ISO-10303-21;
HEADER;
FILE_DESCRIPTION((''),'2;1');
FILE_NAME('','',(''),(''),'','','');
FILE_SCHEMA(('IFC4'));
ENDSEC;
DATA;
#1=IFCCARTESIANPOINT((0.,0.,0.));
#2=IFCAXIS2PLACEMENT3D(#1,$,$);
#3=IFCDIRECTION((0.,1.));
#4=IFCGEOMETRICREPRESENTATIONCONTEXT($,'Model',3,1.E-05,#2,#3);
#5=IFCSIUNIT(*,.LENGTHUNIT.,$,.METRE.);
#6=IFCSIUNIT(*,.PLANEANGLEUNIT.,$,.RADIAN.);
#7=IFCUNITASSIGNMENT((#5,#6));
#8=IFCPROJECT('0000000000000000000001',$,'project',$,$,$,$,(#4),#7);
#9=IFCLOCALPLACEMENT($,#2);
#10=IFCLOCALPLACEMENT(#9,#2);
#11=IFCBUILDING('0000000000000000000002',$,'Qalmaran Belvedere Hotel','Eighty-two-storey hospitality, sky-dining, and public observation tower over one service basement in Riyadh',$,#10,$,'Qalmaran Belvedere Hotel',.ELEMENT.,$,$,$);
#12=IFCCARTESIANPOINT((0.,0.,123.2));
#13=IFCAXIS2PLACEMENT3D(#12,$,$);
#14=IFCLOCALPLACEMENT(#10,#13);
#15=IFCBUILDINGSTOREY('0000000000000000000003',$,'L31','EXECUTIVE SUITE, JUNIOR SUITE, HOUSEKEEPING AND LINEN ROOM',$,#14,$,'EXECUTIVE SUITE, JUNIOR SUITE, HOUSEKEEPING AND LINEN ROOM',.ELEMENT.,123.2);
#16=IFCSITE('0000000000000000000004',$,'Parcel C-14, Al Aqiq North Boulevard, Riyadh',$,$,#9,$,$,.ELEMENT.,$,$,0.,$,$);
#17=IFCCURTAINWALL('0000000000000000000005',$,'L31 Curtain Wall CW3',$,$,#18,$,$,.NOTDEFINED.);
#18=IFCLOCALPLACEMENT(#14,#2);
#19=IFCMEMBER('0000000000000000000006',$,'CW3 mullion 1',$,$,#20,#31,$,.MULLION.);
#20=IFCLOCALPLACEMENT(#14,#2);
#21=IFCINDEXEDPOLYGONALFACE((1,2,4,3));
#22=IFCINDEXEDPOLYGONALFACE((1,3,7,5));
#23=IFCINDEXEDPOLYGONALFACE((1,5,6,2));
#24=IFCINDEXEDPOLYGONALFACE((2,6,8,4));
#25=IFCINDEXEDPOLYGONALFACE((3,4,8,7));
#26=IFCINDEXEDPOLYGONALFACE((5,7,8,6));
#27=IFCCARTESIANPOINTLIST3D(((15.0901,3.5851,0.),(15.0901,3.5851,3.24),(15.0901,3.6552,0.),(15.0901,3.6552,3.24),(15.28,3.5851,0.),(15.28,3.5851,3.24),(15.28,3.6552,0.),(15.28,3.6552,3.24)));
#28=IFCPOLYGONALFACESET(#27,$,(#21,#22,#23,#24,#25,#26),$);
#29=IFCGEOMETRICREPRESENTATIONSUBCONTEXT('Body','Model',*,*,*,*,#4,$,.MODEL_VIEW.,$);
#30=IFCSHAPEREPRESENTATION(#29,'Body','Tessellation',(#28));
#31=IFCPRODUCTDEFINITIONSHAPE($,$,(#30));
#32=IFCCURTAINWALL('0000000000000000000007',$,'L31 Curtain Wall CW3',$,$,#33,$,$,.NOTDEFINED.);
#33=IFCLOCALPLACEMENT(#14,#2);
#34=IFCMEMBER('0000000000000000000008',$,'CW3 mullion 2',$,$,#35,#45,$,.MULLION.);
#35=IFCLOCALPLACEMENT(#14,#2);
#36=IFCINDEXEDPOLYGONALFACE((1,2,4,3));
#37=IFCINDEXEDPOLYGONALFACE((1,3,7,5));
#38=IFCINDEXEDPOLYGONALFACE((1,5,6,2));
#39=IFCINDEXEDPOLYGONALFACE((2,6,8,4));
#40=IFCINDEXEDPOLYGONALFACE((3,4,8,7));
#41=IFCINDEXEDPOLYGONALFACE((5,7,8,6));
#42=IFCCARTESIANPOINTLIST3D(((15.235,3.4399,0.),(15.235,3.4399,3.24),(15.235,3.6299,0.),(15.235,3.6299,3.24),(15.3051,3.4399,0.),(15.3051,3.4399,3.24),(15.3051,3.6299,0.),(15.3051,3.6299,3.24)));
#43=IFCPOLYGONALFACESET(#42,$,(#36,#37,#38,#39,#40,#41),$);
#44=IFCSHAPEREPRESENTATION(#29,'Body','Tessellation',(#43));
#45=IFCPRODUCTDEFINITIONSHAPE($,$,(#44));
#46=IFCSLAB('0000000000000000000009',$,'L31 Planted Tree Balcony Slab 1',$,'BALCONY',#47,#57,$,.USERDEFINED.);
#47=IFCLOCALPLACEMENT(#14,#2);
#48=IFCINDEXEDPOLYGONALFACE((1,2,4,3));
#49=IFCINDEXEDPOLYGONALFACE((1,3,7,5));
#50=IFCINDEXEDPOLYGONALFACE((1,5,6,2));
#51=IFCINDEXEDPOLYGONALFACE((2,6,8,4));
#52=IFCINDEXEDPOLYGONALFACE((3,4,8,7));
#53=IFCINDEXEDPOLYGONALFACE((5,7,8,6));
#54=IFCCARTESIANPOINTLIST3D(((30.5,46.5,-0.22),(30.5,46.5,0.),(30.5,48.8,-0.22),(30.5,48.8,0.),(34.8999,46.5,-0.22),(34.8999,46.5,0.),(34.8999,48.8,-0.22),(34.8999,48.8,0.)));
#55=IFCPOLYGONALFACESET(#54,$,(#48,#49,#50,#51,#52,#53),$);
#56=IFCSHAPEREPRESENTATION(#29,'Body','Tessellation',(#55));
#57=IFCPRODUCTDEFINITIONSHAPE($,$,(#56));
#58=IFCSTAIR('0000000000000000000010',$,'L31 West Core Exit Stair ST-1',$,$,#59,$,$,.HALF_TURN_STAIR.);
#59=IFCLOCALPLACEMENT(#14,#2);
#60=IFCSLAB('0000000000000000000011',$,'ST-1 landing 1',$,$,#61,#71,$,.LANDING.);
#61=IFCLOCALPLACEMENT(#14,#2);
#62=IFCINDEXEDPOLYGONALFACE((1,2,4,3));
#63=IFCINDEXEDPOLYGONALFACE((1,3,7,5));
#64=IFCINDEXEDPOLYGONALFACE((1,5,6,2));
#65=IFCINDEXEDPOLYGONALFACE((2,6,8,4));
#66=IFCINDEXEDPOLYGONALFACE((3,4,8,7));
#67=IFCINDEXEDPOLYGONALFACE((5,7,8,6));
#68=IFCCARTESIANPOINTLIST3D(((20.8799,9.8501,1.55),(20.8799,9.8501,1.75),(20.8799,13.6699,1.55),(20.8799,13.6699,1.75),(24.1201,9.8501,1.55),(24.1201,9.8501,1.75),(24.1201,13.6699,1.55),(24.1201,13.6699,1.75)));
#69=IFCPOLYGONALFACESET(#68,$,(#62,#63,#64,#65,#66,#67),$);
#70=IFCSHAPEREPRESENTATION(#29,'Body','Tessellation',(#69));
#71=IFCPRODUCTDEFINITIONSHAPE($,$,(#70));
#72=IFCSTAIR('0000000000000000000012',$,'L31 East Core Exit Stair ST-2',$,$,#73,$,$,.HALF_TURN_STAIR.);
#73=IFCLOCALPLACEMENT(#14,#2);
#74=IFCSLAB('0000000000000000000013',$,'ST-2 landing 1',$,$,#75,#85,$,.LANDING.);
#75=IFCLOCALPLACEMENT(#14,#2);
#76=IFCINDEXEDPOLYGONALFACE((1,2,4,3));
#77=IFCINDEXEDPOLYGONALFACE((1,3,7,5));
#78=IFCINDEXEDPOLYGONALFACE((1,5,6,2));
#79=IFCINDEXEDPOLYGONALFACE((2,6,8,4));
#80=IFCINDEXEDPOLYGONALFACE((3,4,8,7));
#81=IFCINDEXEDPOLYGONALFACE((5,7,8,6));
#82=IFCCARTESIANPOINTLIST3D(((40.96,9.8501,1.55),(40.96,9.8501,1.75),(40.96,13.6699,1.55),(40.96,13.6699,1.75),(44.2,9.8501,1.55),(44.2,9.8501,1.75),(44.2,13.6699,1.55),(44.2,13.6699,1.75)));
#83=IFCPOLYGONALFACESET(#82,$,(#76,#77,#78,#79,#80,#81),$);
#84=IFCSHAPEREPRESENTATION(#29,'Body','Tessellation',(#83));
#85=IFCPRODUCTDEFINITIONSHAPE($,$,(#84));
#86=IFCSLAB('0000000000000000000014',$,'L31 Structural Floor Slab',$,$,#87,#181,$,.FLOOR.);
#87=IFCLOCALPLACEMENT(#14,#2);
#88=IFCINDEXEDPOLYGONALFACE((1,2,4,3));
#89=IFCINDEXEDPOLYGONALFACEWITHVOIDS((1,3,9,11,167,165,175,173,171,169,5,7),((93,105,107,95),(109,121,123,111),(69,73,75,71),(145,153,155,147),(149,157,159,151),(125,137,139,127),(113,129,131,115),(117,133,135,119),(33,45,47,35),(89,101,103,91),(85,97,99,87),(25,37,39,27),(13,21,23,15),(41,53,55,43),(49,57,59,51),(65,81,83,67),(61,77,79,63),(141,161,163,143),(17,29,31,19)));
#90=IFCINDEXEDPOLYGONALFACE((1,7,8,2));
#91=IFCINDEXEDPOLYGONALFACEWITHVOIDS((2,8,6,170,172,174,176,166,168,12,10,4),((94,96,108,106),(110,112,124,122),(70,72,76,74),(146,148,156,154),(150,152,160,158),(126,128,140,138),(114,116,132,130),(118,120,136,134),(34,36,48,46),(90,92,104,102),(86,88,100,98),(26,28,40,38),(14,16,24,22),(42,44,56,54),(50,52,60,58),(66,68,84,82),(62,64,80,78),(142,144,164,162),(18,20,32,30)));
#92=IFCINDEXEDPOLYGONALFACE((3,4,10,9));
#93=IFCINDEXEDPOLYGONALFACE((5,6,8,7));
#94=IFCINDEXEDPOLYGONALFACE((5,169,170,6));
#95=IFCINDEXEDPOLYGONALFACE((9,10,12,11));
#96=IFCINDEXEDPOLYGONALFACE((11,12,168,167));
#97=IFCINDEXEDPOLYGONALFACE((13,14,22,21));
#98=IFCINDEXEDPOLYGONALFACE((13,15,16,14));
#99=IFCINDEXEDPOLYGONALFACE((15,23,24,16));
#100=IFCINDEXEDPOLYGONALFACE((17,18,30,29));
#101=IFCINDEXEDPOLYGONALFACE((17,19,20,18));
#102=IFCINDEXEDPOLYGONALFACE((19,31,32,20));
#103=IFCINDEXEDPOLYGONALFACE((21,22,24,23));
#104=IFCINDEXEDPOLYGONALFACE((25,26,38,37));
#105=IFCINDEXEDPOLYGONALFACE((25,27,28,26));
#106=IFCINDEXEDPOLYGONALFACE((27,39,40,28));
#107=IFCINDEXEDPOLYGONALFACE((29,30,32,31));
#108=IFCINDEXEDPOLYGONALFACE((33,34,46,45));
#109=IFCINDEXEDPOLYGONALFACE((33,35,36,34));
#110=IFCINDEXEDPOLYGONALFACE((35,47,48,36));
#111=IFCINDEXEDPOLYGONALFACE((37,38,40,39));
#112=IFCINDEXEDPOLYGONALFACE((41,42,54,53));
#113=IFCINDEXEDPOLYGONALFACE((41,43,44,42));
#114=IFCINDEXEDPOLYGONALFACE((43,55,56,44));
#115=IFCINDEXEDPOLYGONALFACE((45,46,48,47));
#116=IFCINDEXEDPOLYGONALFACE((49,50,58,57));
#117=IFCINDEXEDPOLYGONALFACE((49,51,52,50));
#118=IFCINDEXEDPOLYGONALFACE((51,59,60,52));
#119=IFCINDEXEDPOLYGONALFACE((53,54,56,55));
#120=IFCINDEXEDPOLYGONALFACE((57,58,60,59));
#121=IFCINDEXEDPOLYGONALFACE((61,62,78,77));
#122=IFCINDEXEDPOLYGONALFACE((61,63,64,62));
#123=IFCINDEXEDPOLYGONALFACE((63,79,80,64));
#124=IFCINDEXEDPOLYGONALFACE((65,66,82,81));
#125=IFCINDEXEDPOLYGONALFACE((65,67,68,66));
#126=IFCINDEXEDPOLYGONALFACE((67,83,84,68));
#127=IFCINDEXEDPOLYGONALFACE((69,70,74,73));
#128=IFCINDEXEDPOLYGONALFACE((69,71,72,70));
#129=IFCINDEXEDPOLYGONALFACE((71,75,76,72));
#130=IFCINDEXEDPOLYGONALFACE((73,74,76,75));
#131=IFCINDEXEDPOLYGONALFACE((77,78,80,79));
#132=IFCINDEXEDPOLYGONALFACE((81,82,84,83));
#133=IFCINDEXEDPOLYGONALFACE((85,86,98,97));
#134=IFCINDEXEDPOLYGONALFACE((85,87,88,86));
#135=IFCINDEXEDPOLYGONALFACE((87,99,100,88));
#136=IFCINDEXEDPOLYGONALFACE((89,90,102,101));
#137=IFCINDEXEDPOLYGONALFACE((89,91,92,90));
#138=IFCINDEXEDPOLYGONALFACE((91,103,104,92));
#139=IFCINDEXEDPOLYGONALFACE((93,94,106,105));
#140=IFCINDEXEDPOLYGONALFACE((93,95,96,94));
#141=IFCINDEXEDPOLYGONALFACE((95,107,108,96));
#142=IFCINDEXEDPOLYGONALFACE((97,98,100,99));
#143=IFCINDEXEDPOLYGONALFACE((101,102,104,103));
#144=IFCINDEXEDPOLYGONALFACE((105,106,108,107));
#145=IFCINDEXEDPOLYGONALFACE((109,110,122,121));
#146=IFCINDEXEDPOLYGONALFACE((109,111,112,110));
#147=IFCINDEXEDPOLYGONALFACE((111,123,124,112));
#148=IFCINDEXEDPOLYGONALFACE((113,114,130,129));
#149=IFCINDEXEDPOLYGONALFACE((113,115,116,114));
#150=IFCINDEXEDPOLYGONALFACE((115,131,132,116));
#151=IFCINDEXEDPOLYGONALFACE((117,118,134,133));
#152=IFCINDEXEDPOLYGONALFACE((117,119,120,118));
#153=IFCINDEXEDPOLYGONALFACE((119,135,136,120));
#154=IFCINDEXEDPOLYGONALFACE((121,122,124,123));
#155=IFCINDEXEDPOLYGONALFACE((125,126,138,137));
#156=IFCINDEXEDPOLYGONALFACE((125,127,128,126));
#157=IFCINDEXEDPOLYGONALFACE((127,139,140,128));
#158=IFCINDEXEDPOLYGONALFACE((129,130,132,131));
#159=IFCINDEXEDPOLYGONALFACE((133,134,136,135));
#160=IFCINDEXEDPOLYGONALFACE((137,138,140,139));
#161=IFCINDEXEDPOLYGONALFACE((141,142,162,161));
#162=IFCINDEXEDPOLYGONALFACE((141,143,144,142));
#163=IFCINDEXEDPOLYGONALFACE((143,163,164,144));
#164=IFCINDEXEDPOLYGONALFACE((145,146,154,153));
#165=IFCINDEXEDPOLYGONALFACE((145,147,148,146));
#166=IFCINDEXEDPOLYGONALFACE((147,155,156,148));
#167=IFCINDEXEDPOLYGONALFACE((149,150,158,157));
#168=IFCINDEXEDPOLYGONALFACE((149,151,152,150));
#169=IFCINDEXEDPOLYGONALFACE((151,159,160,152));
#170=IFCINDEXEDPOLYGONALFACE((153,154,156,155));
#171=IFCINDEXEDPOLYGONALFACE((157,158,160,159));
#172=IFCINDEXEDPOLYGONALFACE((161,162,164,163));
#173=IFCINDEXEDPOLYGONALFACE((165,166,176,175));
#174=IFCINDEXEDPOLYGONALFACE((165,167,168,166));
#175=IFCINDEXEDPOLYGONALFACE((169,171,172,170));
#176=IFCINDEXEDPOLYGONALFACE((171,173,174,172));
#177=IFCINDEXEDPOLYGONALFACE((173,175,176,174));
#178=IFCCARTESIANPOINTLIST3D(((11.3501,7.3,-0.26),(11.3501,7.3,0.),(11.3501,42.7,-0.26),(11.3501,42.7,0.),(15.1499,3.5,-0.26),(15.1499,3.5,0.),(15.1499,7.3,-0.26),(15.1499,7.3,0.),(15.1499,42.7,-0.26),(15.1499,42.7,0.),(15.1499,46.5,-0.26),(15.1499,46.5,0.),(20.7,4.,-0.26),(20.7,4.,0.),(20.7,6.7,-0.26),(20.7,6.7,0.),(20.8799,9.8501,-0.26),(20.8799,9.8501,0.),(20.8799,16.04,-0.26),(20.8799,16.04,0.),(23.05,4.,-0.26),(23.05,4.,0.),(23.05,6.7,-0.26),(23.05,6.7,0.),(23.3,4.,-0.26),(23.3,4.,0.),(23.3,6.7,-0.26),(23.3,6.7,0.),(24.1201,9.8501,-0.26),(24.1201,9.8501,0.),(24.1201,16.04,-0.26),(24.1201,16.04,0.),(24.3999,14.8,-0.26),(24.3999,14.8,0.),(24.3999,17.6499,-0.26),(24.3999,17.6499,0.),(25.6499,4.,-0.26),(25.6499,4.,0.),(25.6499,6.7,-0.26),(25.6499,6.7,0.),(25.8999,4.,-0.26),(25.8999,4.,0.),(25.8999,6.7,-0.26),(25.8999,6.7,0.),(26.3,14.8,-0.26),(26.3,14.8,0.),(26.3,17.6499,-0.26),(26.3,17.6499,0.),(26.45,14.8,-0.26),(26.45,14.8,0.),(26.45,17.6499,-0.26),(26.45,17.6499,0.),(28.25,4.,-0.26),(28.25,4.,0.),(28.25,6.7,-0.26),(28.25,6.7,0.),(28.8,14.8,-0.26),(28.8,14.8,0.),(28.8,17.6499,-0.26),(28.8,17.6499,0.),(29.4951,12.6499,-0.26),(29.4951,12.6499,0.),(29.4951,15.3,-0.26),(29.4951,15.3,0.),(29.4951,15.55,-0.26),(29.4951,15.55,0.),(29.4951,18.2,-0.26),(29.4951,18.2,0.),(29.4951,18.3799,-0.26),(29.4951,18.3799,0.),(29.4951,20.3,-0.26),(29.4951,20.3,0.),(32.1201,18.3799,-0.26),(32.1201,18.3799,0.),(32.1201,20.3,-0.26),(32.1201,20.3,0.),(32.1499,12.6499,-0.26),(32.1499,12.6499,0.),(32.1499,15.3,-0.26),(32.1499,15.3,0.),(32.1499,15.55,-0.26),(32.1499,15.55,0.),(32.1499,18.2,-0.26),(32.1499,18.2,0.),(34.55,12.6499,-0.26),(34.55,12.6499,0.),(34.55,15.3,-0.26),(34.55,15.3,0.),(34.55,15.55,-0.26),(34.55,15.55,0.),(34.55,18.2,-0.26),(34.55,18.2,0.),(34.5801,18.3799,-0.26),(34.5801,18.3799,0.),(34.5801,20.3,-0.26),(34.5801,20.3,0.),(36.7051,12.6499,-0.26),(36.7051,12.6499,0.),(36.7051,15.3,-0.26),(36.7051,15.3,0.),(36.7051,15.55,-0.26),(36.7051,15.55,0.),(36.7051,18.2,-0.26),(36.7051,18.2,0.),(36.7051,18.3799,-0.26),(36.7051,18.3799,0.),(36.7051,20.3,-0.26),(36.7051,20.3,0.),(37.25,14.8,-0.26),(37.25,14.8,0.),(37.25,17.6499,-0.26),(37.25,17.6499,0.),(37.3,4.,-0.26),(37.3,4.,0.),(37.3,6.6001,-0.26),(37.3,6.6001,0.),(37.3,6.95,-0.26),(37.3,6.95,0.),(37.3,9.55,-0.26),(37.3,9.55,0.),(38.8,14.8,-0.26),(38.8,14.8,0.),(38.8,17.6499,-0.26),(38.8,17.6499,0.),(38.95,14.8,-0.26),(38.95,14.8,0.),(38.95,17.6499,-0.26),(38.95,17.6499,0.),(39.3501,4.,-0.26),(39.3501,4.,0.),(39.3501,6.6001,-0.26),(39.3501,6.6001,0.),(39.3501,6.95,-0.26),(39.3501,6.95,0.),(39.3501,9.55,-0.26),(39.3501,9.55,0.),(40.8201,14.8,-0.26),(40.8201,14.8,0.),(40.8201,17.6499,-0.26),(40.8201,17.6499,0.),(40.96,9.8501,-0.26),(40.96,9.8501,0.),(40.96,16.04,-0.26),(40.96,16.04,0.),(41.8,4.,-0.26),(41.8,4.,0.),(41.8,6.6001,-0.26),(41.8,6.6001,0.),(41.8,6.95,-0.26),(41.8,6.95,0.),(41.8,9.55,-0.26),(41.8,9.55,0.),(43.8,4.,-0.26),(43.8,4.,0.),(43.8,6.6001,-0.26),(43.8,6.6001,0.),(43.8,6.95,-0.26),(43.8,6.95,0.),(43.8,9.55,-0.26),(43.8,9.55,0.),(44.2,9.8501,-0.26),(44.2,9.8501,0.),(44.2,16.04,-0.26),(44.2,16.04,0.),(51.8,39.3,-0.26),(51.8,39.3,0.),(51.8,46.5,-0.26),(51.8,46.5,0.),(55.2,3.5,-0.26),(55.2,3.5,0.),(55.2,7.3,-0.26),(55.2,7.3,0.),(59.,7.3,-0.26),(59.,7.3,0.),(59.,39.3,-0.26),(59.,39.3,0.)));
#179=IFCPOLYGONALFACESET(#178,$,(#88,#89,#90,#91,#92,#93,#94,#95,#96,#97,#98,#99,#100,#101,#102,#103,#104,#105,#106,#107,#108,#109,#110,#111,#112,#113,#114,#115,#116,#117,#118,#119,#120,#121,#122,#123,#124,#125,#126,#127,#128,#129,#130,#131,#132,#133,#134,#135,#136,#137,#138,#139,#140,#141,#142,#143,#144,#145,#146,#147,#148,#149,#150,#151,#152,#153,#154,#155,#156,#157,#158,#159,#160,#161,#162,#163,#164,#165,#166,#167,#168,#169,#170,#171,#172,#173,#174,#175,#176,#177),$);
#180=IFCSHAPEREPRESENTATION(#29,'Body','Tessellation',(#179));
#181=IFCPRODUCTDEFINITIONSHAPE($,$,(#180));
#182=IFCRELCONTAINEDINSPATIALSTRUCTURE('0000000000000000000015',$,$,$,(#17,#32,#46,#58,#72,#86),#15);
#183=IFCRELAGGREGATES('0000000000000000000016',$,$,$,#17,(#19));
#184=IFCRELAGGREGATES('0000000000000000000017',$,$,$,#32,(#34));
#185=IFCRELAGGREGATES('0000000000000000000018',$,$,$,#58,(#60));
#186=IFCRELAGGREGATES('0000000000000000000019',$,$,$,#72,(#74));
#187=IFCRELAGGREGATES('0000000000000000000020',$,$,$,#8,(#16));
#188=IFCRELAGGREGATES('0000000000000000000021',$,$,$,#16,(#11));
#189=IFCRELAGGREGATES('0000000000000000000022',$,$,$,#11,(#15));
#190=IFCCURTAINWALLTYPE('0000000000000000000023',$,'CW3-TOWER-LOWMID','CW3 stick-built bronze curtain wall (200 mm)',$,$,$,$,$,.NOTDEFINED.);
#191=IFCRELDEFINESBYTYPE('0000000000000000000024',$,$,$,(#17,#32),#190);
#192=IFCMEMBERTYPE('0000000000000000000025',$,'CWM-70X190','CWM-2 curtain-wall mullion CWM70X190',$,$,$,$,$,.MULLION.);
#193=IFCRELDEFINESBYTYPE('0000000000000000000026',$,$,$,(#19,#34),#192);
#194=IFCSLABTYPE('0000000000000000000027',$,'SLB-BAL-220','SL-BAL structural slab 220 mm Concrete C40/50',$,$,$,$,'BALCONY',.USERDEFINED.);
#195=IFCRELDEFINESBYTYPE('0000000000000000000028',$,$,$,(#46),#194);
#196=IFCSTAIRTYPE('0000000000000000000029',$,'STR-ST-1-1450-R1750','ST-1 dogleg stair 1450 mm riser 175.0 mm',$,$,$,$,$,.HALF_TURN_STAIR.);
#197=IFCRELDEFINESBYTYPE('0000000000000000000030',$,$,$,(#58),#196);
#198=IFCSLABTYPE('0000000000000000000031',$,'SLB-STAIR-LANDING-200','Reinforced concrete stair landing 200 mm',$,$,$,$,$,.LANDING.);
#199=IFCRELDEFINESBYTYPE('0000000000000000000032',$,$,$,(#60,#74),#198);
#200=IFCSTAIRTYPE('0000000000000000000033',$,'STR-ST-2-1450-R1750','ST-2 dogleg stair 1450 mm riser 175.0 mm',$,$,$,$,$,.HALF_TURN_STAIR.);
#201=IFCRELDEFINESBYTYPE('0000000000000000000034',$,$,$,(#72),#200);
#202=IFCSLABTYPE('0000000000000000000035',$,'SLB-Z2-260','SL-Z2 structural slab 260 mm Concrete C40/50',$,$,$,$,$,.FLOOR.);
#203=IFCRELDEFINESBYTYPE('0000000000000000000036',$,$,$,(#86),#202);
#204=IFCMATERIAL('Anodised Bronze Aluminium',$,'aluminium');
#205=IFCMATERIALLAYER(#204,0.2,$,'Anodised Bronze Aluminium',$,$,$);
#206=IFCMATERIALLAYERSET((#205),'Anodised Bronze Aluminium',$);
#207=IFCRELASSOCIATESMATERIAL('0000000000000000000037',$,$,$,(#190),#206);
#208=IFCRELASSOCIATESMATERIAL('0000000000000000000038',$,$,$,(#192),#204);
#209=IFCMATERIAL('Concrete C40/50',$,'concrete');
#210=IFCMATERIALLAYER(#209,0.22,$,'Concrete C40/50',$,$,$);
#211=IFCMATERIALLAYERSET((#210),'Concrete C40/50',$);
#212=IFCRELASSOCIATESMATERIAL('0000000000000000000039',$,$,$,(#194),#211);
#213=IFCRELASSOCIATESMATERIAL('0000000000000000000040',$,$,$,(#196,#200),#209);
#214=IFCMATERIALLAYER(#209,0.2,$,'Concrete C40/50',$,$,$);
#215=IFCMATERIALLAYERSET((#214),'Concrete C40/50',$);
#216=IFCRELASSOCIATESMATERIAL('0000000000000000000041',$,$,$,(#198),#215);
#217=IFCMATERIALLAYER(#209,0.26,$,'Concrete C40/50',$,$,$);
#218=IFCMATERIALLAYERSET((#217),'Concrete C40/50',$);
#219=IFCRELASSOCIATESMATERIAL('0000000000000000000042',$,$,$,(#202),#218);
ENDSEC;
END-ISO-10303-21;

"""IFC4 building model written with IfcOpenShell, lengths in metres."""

from ifc_helpers import new_model, si_unit, direction, frame, origin, origin_2d, place, context, subcontext, project, spatial, polyline, rectangle, outline, extrude, material, layer, layer_set, material_profile, profile_set, type_object, element, aggregate, save


model = new_model("IFC4")

# Units and contexts
model_context = context("Model", 3, precision=1e-05, world=origin(), true_north=direction((0.0, 1.0)))
body_context = subcontext(model_context, "Body", "Model", "MODEL_VIEW")
ifc_project = project(units=[si_unit("LENGTHUNIT", "METRE"), si_unit("PLANEANGLEUNIT", "RADIAN")], contexts=[model_context])

# Site, building, storey
site_placement = place(None, origin())
site = spatial("IfcSite", under=ifc_project, at=site_placement, Name="Parcel C-14, Al Aqiq North Boulevard, Riyadh", CompositionType="ELEMENT", RefElevation=0.0)
building_placement = place(site_placement, origin())
building = spatial("IfcBuilding", under=site, at=building_placement, Name="Qalmaran Belvedere Hotel", Description="Eighty-two-storey hospitality, sky-dining, and public observation tower over one service basement in Riyadh", LongName="Qalmaran Belvedere Hotel", CompositionType="ELEMENT")
storey_placement = place(building_placement, frame((0.0, 0.0, 123.2)))
storey = spatial("IfcBuildingStorey", under=building, at=storey_placement, Name="L31", Description="EXECUTIVE SUITE, JUNIOR SUITE, HOUSEKEEPING AND LINEN ROOM", LongName="EXECUTIVE SUITE, JUNIOR SUITE, HOUSEKEEPING AND LINEN ROOM", CompositionType="ELEMENT", Elevation=123.2)

# Curtain walls, members
ifc_material_1 = material(Name="Anodised Bronze Aluminium", Category="aluminium")
ifc_layer_1 = layer(ifc_material_1, 0.2, Name="Anodised Bronze Aluminium")
ifc_layer_set_1 = layer_set([ifc_layer_1], Name="Anodised Bronze Aluminium")
curtain_wall_type = type_object("IfcCurtainWallType", Name="CW3-TOWER-LOWMID", Description="CW3 stick-built bronze curtain wall (200 mm)", PredefinedType="NOTDEFINED", material=ifc_layer_set_1)
curtain_wall_1_placement = place(storey_placement, origin())
curtain_wall_1 = element("IfcCurtainWall", 1, at=curtain_wall_1_placement, inside=storey, type_object=curtain_wall_type, Name="L31 Curtain Wall CW3", PredefinedType="NOTDEFINED")
ifc_material_profile = material_profile(ifc_material_1, rectangle(XDim=0.0701, YDim=0.1899, at=origin_2d()), Name="CWM70X190")
ifc_profile_set = profile_set([ifc_material_profile], Name="Anodised Bronze Aluminium")
member_type = type_object("IfcMemberType", Name="CWM-70X190", Description="CWM-2 curtain-wall mullion CWM70X190", PredefinedType="MULLION", material=ifc_profile_set)
member_1_placement = place(storey_placement, frame((15.1851, 3.6201, 0.0), z_axis=(0.0, 0.0, 1.0), x_axis=(0.0, 1.0, 0.0)))
member_1 = element("IfcMember", 2, at=member_1_placement, type_object=member_type, Name="CW3 mullion 1", PredefinedType="MULLION", context=body_context, shape_type="SweptSolid", body=[
    extrude(rectangle(XDim=0.0701, YDim=0.1899, at=origin_2d()), origin(), (0.0, 0.0, 1.0), 3.24),
])
aggregate(curtain_wall_1, [member_1])
curtain_wall_2_placement = place(storey_placement, origin())
curtain_wall_2 = element("IfcCurtainWall", 3, at=curtain_wall_2_placement, inside=storey, type_object=curtain_wall_type, Name="L31 Curtain Wall CW3", PredefinedType="NOTDEFINED")
member_2_placement = place(storey_placement, frame((15.27, 3.5349, 0.0), z_axis=(0.0, 0.0, 1.0), x_axis=(1.0, 0.0, 0.0)))
member_2 = element("IfcMember", 4, at=member_2_placement, type_object=member_type, Name="CW3 mullion 2", PredefinedType="MULLION", context=body_context, shape_type="SweptSolid", body=[
    extrude(rectangle(XDim=0.0701, YDim=0.1899, at=origin_2d()), origin(), (0.0, 0.0, 1.0), 3.24),
])
aggregate(curtain_wall_2, [member_2])

# Slab
ifc_material_2 = material(Name="Concrete C40/50", Category="concrete")
ifc_layer_2 = layer(ifc_material_2, 0.22, Name="Concrete C40/50")
ifc_layer_set_2 = layer_set([ifc_layer_2], Name="Concrete C40/50")
slab_type_1 = type_object("IfcSlabType", Name="SLB-BAL-220", Description="SL-BAL structural slab 220 mm Concrete C40/50", ElementType="BALCONY", PredefinedType="USERDEFINED", material=ifc_layer_set_2)
slab_1_placement = place(storey_placement, frame((0.0, 0.0, -0.22)))
element("IfcSlab", 5, at=slab_1_placement, inside=storey, type_object=slab_type_1, Name="L31 Planted Tree Balcony Slab 1", ObjectType="BALCONY", PredefinedType="USERDEFINED", context=body_context, shape_type="SweptSolid", body=[
    extrude(outline(polyline([(30.5, 46.5), (34.8999, 46.5), (34.8999, 48.8), (30.5, 48.8), (30.5, 46.5)])), origin(), (0.0, 0.0, 1.0), 0.22),
])

# Stairs, slabs
stair_type_1 = type_object("IfcStairType", Name="STR-ST-1-1450-R1750", Description="ST-1 dogleg stair 1450 mm riser 175.0 mm", PredefinedType="HALF_TURN_STAIR", material=ifc_material_2)
stair_1_placement = place(storey_placement, origin())
stair_1 = element("IfcStair", 6, at=stair_1_placement, inside=storey, type_object=stair_type_1, Name="L31 West Core Exit Stair ST-1", PredefinedType="HALF_TURN_STAIR")
ifc_layer_3 = layer(ifc_material_2, 0.2, Name="Concrete C40/50")
ifc_layer_set_3 = layer_set([ifc_layer_3], Name="Concrete C40/50")
slab_type_2 = type_object("IfcSlabType", Name="SLB-STAIR-LANDING-200", Description="Reinforced concrete stair landing 200 mm", PredefinedType="LANDING", material=ifc_layer_set_3)
slab_2_placement = place(storey_placement, frame((0.0, 0.0, 1.55)))
slab_2 = element("IfcSlab", 7, at=slab_2_placement, type_object=slab_type_2, Name="ST-1 landing 1", PredefinedType="LANDING", context=body_context, shape_type="SweptSolid", body=[
    extrude(outline(polyline([(20.8799, 13.6699), (20.8799, 9.8501), (24.1201, 9.8501), (24.1201, 13.6699), (20.8799, 13.6699)])), origin(), (0.0, 0.0, 1.0), 0.2),
])
aggregate(stair_1, [slab_2])
stair_type_2 = type_object("IfcStairType", Name="STR-ST-2-1450-R1750", Description="ST-2 dogleg stair 1450 mm riser 175.0 mm", PredefinedType="HALF_TURN_STAIR", material=ifc_material_2)
stair_2_placement = place(storey_placement, origin())
stair_2 = element("IfcStair", 8, at=stair_2_placement, inside=storey, type_object=stair_type_2, Name="L31 East Core Exit Stair ST-2", PredefinedType="HALF_TURN_STAIR")
slab_3_placement = place(storey_placement, frame((0.0, 0.0, 1.55)))
slab_3 = element("IfcSlab", 9, at=slab_3_placement, type_object=slab_type_2, Name="ST-2 landing 1", PredefinedType="LANDING", context=body_context, shape_type="SweptSolid", body=[
    extrude(outline(polyline([(40.96, 13.6699), (40.96, 9.8501), (44.2, 9.8501), (44.2, 13.6699), (40.96, 13.6699)])), origin(), (0.0, 0.0, 1.0), 0.2),
])
aggregate(stair_2, [slab_3])

# Slab
ifc_layer_4 = layer(ifc_material_2, 0.26, Name="Concrete C40/50")
ifc_layer_set_4 = layer_set([ifc_layer_4], Name="Concrete C40/50")
slab_type_3 = type_object("IfcSlabType", Name="SLB-Z2-260", Description="SL-Z2 structural slab 260 mm Concrete C40/50", PredefinedType="FLOOR", material=ifc_layer_set_4)
slab_4_placement = place(storey_placement, frame((0.0, 0.0, -0.26)))
element("IfcSlab", 10, at=slab_4_placement, inside=storey, type_object=slab_type_3, Name="L31 Structural Floor Slab", PredefinedType="FLOOR", context=body_context, shape_type="SweptSolid", body=[
    extrude(outline(polyline([(15.1499, 3.5), (55.2, 3.5), (55.2, 7.3), (59.0, 7.3), (59.0, 39.3), (51.8, 39.3), (51.8, 46.5), (15.1499, 46.5), (15.1499, 42.7), (11.3501, 42.7), (11.3501, 7.3), (15.1499, 7.3), (15.1499, 3.5)]), holes=[polyline([(20.8799, 9.8501), (24.1201, 9.8501), (24.1201, 16.04), (20.8799, 16.04), (20.8799, 9.8501)]), polyline([(40.96, 9.8501), (44.2, 9.8501), (44.2, 16.04), (40.96, 16.04), (40.96, 9.8501)]), polyline([(29.4951, 12.6499), (32.1499, 12.6499), (32.1499, 15.3), (29.4951, 15.3), (29.4951, 12.6499)]), polyline([(29.4951, 15.55), (32.1499, 15.55), (32.1499, 18.2), (29.4951, 18.2), (29.4951, 15.55)]), polyline([(34.55, 12.6499), (36.7051, 12.6499), (36.7051, 15.3), (34.55, 15.3), (34.55, 12.6499)]), polyline([(34.55, 15.55), (36.7051, 15.55), (36.7051, 18.2), (34.55, 18.2), (34.55, 15.55)]), polyline([(37.3, 4.0), (39.3501, 4.0), (39.3501, 6.6001), (37.3, 6.6001), (37.3, 4.0)]), polyline([(37.3, 6.95), (39.3501, 6.95), (39.3501, 9.55), (37.3, 9.55), (37.3, 6.95)]), polyline([(41.8, 4.0), (43.8, 4.0), (43.8, 6.6001), (41.8, 6.6001), (41.8, 4.0)]), polyline([(41.8, 6.95), (43.8, 6.95), (43.8, 9.55), (41.8, 9.55), (41.8, 6.95)]), polyline([(20.7, 4.0), (23.05, 4.0), (23.05, 6.7), (20.7, 6.7), (20.7, 4.0)]), polyline([(23.3, 4.0), (25.6499, 4.0), (25.6499, 6.7), (23.3, 6.7), (23.3, 4.0)]), polyline([(25.8999, 4.0), (28.25, 4.0), (28.25, 6.7), (25.8999, 6.7), (25.8999, 4.0)]), polyline([(24.3999, 14.8), (26.3, 14.8), (26.3, 17.6499), (24.3999, 17.6499), (24.3999, 14.8)]), polyline([(38.95, 14.8), (40.8201, 14.8), (40.8201, 17.6499), (38.95, 17.6499), (38.95, 14.8)]), polyline([(26.45, 14.8), (28.8, 14.8), (28.8, 17.6499), (26.45, 17.6499), (26.45, 14.8)]), polyline([(37.25, 14.8), (38.8, 14.8), (38.8, 17.6499), (37.25, 17.6499), (37.25, 14.8)]), polyline([(29.4951, 18.3799), (32.1201, 18.3799), (32.1201, 20.3), (29.4951, 20.3), (29.4951, 18.3799)]), polyline([(34.5801, 18.3799), (36.7051, 18.3799), (36.7051, 20.3), (34.5801, 20.3), (34.5801, 18.3799)])]), origin(), (0.0, 0.0, 1.0), 0.26),
])

save(model, "model.ifc")
